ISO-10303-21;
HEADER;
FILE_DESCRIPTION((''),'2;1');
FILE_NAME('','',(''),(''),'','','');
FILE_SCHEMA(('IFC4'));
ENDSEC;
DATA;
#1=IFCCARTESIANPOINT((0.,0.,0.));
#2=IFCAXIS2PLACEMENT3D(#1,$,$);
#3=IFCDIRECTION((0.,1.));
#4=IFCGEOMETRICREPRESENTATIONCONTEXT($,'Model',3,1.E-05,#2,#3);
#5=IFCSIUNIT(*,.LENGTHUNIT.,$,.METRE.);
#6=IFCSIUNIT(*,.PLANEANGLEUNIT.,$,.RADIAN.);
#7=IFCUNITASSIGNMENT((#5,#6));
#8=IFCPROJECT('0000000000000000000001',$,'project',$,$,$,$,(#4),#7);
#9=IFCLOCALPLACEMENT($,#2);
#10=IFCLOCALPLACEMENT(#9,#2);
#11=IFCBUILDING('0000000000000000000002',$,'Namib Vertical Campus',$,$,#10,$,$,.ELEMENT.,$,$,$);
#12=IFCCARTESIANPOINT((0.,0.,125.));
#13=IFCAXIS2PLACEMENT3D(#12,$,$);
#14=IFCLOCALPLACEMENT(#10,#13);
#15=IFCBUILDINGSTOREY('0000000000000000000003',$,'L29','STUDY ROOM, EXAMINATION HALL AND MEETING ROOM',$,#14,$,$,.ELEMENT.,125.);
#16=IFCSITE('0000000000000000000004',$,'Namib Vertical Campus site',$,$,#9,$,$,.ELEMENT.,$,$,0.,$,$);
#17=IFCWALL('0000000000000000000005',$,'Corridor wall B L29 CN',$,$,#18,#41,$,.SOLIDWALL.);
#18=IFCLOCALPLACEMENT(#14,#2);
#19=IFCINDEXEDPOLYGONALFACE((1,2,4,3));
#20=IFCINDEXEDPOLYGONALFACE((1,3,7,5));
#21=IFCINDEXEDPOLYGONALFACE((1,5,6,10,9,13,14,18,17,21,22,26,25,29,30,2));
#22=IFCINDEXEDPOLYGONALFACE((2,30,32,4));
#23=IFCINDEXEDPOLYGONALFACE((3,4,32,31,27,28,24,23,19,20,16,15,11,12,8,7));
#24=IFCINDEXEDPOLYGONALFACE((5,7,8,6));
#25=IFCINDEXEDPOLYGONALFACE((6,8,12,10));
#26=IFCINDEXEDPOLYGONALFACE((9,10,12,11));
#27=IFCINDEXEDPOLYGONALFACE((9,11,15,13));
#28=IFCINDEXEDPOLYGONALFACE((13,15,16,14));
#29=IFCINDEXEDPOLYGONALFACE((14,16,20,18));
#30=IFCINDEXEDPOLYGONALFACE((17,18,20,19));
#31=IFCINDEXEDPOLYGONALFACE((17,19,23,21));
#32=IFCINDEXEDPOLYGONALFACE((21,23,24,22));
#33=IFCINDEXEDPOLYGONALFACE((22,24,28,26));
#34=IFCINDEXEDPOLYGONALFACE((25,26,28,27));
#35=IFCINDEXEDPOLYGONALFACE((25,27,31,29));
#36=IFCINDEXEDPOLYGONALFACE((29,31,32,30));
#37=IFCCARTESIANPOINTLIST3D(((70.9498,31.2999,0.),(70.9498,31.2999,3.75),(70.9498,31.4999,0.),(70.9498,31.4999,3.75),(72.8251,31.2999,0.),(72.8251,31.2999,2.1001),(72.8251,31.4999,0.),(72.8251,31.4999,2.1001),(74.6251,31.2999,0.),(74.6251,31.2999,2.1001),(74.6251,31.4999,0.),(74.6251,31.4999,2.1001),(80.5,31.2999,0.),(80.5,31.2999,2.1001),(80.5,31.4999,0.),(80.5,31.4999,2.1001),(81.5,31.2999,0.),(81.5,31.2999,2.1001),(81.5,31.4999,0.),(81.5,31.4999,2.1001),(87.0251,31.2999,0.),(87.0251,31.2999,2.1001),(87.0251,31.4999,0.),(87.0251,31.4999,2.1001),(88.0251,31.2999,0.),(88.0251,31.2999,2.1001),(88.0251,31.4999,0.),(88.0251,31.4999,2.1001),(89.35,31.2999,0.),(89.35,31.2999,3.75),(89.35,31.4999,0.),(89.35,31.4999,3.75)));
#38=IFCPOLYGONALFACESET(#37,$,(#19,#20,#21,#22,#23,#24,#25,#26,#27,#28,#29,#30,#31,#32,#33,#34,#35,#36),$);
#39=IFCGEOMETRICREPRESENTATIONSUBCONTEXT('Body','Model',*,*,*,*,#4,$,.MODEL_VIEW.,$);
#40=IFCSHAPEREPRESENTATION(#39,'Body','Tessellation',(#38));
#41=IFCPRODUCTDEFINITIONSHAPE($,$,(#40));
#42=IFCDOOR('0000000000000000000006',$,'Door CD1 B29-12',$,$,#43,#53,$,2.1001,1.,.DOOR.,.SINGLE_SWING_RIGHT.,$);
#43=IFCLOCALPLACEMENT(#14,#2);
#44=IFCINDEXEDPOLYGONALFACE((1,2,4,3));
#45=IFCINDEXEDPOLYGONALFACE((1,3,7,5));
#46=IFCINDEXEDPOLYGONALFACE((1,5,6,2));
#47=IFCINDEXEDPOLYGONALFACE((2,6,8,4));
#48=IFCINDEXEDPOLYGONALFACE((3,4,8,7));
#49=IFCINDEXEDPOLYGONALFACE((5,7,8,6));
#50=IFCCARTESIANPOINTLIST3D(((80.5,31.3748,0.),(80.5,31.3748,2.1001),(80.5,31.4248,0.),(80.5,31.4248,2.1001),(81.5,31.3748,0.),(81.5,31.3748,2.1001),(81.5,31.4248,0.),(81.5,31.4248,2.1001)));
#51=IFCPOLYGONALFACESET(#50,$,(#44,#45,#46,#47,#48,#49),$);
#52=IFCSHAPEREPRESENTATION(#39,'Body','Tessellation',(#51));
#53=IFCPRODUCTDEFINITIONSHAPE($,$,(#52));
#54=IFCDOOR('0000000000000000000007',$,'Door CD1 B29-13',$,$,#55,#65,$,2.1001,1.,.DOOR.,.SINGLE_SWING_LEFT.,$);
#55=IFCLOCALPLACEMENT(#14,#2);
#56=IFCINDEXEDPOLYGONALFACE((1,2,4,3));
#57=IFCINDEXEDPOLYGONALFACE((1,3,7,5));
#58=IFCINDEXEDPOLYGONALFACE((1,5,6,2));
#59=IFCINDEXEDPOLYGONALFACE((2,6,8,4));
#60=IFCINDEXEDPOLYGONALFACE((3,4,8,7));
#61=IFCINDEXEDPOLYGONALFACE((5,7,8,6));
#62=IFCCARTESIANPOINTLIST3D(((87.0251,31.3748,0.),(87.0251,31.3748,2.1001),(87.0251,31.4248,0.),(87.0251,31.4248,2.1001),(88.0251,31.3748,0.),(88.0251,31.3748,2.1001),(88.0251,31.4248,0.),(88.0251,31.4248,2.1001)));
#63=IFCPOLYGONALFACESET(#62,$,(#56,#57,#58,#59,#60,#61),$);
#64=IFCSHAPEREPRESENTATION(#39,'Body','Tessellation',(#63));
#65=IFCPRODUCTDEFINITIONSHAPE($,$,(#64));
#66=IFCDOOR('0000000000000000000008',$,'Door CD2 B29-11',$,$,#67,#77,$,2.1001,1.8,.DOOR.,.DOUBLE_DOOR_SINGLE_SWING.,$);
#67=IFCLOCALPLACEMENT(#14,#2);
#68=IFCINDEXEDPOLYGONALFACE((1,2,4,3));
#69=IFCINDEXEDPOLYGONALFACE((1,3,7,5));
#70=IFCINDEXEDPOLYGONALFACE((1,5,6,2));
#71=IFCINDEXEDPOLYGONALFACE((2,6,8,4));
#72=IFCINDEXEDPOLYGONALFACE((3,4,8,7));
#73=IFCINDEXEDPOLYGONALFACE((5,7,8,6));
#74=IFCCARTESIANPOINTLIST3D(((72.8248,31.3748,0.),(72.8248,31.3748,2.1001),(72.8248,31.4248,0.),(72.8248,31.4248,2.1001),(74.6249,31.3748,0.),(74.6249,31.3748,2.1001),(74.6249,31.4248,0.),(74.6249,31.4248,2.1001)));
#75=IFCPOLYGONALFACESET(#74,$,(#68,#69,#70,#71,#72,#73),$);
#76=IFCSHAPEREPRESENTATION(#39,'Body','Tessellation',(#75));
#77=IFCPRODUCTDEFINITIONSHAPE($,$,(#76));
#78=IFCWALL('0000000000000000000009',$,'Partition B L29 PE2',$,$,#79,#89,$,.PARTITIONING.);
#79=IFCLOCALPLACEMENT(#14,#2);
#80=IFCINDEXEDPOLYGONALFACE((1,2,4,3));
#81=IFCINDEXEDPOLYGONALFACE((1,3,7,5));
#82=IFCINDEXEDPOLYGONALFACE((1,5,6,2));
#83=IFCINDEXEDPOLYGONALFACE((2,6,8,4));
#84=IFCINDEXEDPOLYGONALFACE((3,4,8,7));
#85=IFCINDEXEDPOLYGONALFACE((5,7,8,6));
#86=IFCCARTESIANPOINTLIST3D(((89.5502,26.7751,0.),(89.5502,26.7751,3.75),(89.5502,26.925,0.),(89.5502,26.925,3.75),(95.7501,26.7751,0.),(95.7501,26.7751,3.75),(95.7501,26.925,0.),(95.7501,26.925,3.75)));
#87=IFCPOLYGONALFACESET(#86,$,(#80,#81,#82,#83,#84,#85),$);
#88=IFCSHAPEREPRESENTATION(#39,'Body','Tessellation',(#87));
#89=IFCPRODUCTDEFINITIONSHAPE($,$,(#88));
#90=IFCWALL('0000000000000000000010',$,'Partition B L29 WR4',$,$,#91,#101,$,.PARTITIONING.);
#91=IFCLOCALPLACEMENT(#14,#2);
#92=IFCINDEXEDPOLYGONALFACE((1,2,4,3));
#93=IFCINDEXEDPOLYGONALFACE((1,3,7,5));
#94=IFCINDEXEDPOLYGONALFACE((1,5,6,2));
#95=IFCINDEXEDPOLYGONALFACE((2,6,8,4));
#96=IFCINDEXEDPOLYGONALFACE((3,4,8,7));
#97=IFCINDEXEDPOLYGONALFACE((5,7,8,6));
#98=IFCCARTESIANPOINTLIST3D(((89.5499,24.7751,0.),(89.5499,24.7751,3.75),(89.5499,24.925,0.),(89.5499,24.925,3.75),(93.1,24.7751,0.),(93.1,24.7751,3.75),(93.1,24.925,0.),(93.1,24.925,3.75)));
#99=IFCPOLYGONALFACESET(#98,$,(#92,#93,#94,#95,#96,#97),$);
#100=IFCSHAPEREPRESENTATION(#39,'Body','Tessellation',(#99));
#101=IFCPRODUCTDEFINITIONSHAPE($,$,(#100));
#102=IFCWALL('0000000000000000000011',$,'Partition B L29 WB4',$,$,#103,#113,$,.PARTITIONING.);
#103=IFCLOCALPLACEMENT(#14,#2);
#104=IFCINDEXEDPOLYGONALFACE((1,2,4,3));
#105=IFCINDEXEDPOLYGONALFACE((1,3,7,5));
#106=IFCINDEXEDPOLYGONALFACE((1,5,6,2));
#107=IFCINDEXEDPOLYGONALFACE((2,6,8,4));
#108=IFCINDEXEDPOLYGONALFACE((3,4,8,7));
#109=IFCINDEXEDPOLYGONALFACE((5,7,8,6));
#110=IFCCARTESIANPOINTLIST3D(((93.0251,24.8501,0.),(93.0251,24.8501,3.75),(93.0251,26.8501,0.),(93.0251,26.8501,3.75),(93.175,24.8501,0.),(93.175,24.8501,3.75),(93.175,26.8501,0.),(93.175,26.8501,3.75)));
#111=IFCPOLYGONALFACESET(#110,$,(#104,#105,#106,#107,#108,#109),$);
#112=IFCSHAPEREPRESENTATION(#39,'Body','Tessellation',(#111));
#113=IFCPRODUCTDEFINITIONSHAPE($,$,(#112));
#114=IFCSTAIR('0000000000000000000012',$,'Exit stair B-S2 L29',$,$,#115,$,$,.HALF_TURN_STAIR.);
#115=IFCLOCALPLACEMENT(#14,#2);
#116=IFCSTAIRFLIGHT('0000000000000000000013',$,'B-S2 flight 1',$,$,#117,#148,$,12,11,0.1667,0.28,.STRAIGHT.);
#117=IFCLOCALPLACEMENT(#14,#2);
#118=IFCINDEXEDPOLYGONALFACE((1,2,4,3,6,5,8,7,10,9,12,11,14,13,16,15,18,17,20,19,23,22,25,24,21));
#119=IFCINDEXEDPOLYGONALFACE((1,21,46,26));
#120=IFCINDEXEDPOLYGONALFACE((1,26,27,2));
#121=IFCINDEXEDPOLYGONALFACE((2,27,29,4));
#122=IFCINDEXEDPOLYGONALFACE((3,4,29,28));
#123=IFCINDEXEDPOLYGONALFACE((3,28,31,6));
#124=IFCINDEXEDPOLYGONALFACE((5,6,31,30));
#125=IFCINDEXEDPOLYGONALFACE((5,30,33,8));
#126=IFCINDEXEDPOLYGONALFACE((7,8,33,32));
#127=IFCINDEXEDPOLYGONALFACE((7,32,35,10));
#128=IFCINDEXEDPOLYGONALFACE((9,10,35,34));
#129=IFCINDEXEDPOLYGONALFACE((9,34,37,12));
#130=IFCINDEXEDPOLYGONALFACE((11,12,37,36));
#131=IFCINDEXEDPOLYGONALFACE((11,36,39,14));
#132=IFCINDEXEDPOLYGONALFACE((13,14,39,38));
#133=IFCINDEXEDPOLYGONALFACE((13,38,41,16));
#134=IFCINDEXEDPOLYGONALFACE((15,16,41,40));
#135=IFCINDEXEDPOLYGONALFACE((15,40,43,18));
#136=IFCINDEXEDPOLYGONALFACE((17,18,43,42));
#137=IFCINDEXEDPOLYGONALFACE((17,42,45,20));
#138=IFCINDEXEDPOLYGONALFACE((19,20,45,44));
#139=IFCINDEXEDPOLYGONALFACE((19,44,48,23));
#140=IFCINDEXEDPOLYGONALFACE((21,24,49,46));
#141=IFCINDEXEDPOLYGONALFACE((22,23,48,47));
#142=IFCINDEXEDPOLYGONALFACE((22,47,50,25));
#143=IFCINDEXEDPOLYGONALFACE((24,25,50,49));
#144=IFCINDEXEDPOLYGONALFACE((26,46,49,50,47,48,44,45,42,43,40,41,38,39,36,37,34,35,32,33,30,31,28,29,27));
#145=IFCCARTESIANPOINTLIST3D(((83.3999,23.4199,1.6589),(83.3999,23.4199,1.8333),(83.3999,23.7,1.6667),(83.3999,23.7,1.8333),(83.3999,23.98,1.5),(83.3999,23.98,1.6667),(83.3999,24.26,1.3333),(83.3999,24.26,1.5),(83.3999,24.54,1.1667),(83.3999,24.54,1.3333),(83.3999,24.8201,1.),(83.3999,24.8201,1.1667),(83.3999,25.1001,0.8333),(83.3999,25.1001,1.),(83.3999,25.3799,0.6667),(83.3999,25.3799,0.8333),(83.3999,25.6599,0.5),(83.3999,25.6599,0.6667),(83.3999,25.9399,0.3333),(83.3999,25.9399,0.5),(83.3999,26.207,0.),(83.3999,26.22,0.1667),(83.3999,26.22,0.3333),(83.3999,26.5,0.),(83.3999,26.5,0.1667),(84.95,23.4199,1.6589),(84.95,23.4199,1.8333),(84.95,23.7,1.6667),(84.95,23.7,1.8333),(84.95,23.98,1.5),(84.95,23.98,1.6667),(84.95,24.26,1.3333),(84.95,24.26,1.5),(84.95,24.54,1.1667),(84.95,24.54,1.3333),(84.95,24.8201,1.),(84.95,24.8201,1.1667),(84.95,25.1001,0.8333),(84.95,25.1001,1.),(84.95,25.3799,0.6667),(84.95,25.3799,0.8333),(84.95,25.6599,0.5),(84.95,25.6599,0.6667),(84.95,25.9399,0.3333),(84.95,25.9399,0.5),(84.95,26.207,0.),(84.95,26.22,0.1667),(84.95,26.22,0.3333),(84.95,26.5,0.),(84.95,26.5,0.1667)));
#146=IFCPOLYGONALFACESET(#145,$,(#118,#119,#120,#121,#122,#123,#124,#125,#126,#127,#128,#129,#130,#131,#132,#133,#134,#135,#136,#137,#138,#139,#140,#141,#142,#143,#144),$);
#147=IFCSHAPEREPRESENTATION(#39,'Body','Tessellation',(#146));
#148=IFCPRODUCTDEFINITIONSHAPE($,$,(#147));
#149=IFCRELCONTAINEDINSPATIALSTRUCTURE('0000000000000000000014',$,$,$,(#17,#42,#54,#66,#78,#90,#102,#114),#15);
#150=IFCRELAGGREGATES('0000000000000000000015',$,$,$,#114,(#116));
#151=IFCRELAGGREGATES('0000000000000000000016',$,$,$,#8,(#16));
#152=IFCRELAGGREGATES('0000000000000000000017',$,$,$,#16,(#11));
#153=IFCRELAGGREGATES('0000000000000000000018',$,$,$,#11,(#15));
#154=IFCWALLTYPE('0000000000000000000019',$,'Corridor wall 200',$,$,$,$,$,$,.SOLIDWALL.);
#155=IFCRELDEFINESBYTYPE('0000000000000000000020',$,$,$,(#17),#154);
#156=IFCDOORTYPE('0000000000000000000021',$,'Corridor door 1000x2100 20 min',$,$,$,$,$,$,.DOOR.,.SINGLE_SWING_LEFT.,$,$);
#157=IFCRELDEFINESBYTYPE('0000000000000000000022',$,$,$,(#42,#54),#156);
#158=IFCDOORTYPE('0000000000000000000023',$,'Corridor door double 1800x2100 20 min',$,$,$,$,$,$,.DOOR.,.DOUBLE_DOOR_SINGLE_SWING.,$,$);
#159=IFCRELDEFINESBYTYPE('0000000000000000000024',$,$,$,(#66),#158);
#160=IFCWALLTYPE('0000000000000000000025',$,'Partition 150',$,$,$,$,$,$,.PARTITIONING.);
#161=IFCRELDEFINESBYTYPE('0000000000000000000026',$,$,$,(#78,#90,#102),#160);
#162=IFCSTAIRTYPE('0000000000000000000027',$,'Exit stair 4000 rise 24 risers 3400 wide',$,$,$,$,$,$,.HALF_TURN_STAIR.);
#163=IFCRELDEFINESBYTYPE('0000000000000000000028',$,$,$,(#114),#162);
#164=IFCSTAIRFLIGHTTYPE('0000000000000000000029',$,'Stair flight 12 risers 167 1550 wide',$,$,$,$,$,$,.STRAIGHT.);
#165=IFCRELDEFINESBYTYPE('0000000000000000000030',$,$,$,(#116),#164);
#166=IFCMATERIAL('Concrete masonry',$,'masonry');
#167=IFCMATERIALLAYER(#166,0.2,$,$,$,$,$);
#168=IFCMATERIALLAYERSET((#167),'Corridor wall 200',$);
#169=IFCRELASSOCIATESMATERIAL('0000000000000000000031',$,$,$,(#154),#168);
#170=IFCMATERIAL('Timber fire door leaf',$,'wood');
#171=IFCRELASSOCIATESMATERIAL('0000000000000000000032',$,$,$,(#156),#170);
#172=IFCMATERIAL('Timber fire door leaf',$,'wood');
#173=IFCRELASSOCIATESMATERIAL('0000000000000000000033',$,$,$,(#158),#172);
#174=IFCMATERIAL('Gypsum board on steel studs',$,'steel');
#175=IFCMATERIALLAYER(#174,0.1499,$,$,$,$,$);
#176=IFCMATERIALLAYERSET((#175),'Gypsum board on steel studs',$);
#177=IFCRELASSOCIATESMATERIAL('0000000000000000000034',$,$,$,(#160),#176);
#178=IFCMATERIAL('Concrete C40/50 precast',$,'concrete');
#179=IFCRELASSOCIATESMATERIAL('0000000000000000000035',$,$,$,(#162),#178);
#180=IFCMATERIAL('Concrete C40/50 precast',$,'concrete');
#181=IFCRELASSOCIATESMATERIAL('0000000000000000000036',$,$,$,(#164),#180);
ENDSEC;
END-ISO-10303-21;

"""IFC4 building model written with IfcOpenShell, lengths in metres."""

from ifc_helpers import new_model, si_unit, direction, frame, frame_2d, origin, place, context, subcontext, project, spatial, polyline, rectangle, outline, extrude, material, layer, layer_set, type_object, element, fill, aggregate, save


model = new_model("IFC4")

# Units and contexts
model_context = context("Model", 3, precision=1e-05, world=origin(), true_north=direction((0.0, 1.0)))
body_context = subcontext(model_context, "Body", "Model", "MODEL_VIEW")
ifc_project = project(units=[si_unit("LENGTHUNIT", "METRE"), si_unit("PLANEANGLEUNIT", "RADIAN")], contexts=[model_context])

# Site, building, storey
site_placement = place(None, origin())
site = spatial("IfcSite", under=ifc_project, at=site_placement, Name="Namib Vertical Campus site", CompositionType="ELEMENT", RefElevation=0.0)
building_placement = place(site_placement, origin())
building = spatial("IfcBuilding", under=site, at=building_placement, Name="Namib Vertical Campus", CompositionType="ELEMENT")
storey_placement = place(building_placement, frame((0.0, 0.0, 125.0)))
storey = spatial("IfcBuildingStorey", under=building, at=storey_placement, Name="L29", Description="STUDY ROOM, EXAMINATION HALL AND MEETING ROOM", CompositionType="ELEMENT", Elevation=125.0)

# Wall, openings, doors
ifc_material_1 = material(Name="Concrete masonry", Category="masonry")
ifc_layer_1 = layer(ifc_material_1, 0.2)
ifc_layer_set_1 = layer_set([ifc_layer_1], Name="Corridor wall 200")
wall_type_1 = type_object("IfcWallType", Name="Corridor wall 200", PredefinedType="SOLIDWALL", material=ifc_layer_set_1)
wall_1_placement = place(storey_placement, frame((89.3501, 31.3999, 0.0), z_axis=(0.0, 0.0, 1.0), x_axis=(-1.0, 0.0, 0.0)))
wall_1 = element("IfcWall", 1, at=wall_1_placement, inside=storey, type_object=wall_type_1, Name="Corridor wall B L29 CN", PredefinedType="SOLIDWALL", context=body_context, shape_type="SweptSolid", body=[
    extrude(rectangle(XDim=18.4001, YDim=0.2, at=frame_2d((9.2002, 0.0))), origin(), (0.0, 0.0, 1.0), 3.75),
])
opening_1_placement = place(wall_1_placement, frame((14.7251, 0.0, 0.0)))
opening_1 = element("IfcOpeningElement", 2, at=opening_1_placement, cuts=wall_1, PredefinedType="OPENING", context=body_context, shape_type="SweptSolid", body=[
    extrude(rectangle(XDim=1.8, YDim=2.1001, at=frame_2d((0.8999, 1.05))), frame((0.0, 0.1099, 0.0), z_axis=(0.0, -1.0, 0.0), x_axis=(1.0, 0.0, 0.0)), (0.0, 0.0, 1.0), 0.22),
])
opening_2_placement = place(wall_1_placement, frame((7.8501, 0.0, 0.0)))
opening_2 = element("IfcOpeningElement", 3, at=opening_2_placement, cuts=wall_1, PredefinedType="OPENING", context=body_context, shape_type="SweptSolid", body=[
    extrude(rectangle(XDim=1.0, YDim=2.1001, at=frame_2d((0.5, 1.05))), frame((0.0, 0.1099, 0.0), z_axis=(0.0, -1.0, 0.0), x_axis=(1.0, 0.0, 0.0)), (0.0, 0.0, 1.0), 0.22),
])
opening_3_placement = place(wall_1_placement, frame((1.325, 0.0, 0.0)))
opening_3 = element("IfcOpeningElement", 4, at=opening_3_placement, cuts=wall_1, PredefinedType="OPENING", context=body_context, shape_type="SweptSolid", body=[
    extrude(rectangle(XDim=1.0, YDim=2.1001, at=frame_2d((0.5, 1.05))), frame((0.0, 0.1099, 0.0), z_axis=(0.0, -1.0, 0.0), x_axis=(1.0, 0.0, 0.0)), (0.0, 0.0, 1.0), 0.22),
])
ifc_material_2 = material(Name="Timber fire door leaf", Category="wood")
door_type_1 = type_object("IfcDoorType", Name="Corridor door 1000x2100 20 min", OperationType="SINGLE_SWING_LEFT", PredefinedType="DOOR", material=ifc_material_2)
door_1_placement = place(opening_2_placement, frame((1.0, 0.0, 0.0), z_axis=(0.0, 0.0, 1.0), x_axis=(-1.0, 0.0, 0.0)))
door_1 = element("IfcDoor", 5, at=door_1_placement, inside=storey, type_object=door_type_1, Name="Door CD1 B29-12", OperationType="SINGLE_SWING_RIGHT", OverallHeight=2.1001, OverallWidth=1.0, PredefinedType="DOOR", context=body_context, shape_type="SweptSolid", body=[
    extrude(rectangle(XDim=1.0, YDim=2.1001, at=frame_2d((0.5, 1.05))), frame((0.0, 0.0249, 0.0), z_axis=(0.0, -1.0, 0.0), x_axis=(1.0, 0.0, 0.0)), (0.0, 0.0, 1.0), 0.05),
])
fill(opening_2, door_1)
door_2_placement = place(opening_3_placement, frame((1.0, 0.0, 0.0), z_axis=(0.0, 0.0, 1.0), x_axis=(-1.0, 0.0, 0.0)))
door_2 = element("IfcDoor", 6, at=door_2_placement, inside=storey, type_object=door_type_1, Name="Door CD1 B29-13", OperationType="SINGLE_SWING_LEFT", OverallHeight=2.1001, OverallWidth=1.0, PredefinedType="DOOR", context=body_context, shape_type="SweptSolid", body=[
    extrude(rectangle(XDim=1.0, YDim=2.1001, at=frame_2d((0.5, 1.05))), frame((0.0, 0.0249, 0.0), z_axis=(0.0, -1.0, 0.0), x_axis=(1.0, 0.0, 0.0)), (0.0, 0.0, 1.0), 0.05),
])
fill(opening_3, door_2)
ifc_material_3 = material(Name="Timber fire door leaf", Category="wood")
door_type_2 = type_object("IfcDoorType", Name="Corridor door double 1800x2100 20 min", OperationType="DOUBLE_DOOR_SINGLE_SWING", PredefinedType="DOOR", material=ifc_material_3)
door_3_placement = place(opening_1_placement, frame((1.8, 0.0, 0.0), z_axis=(0.0, 0.0, 1.0), x_axis=(-1.0, 0.0, 0.0)))
door_3 = element("IfcDoor", 7, at=door_3_placement, inside=storey, type_object=door_type_2, Name="Door CD2 B29-11", OperationType="DOUBLE_DOOR_SINGLE_SWING", OverallHeight=2.1001, OverallWidth=1.8, PredefinedType="DOOR", context=body_context, shape_type="SweptSolid", body=[
    extrude(rectangle(XDim=1.8, YDim=2.1001, at=frame_2d((0.8999, 1.05))), frame((0.0, 0.0249, 0.0), z_axis=(0.0, -1.0, 0.0), x_axis=(1.0, 0.0, 0.0)), (0.0, 0.0, 1.0), 0.05),
])
fill(opening_1, door_3)

# Walls
ifc_material_4 = material(Name="Gypsum board on steel studs", Category="steel")
ifc_layer_2 = layer(ifc_material_4, 0.1499)
ifc_layer_set_2 = layer_set([ifc_layer_2], Name="Gypsum board on steel studs")
wall_type_2 = type_object("IfcWallType", Name="Partition 150", PredefinedType="PARTITIONING", material=ifc_layer_set_2)
wall_2_placement = place(storey_placement, frame((89.55, 26.8501, 0.0), z_axis=(0.0, 0.0, 1.0), x_axis=(1.0, 0.0, 0.0)))
element("IfcWall", 8, at=wall_2_placement, inside=storey, type_object=wall_type_2, Name="Partition B L29 PE2", PredefinedType="PARTITIONING", context=body_context, shape_type="SweptSolid", body=[
    extrude(rectangle(XDim=6.2, YDim=0.1499, at=frame_2d((3.1001, 0.0))), origin(), (0.0, 0.0, 1.0), 3.75),
])
wall_3_placement = place(storey_placement, frame((89.55, 24.8501, 0.0), z_axis=(0.0, 0.0, 1.0), x_axis=(1.0, 0.0, 0.0)))
element("IfcWall", 9, at=wall_3_placement, inside=storey, type_object=wall_type_2, Name="Partition B L29 WR4", PredefinedType="PARTITIONING", context=body_context, shape_type="SweptSolid", body=[
    extrude(rectangle(XDim=3.55, YDim=0.1499, at=frame_2d((1.7749, 0.0))), origin(), (0.0, 0.0, 1.0), 3.75),
])
wall_4_placement = place(storey_placement, frame((93.1001, 24.8501, 0.0), z_axis=(0.0, 0.0, 1.0), x_axis=(0.0, 1.0, 0.0)))
element("IfcWall", 10, at=wall_4_placement, inside=storey, type_object=wall_type_2, Name="Partition B L29 WB4", PredefinedType="PARTITIONING", context=body_context, shape_type="SweptSolid", body=[
    extrude(rectangle(XDim=2.0, YDim=0.1499, at=frame_2d((1.0, 0.0))), origin(), (0.0, 0.0, 1.0), 3.75),
])

# Stair, stair flight
ifc_material_5 = material(Name="Concrete C40/50 precast", Category="concrete")
stair_type = type_object("IfcStairType", Name="Exit stair 4000 rise 24 risers 3400 wide", PredefinedType="HALF_TURN_STAIR", material=ifc_material_5)
stair_placement = place(storey_placement, origin())
stair = element("IfcStair", 11, at=stair_placement, inside=storey, type_object=stair_type, Name="Exit stair B-S2 L29", PredefinedType="HALF_TURN_STAIR")
ifc_material_6 = material(Name="Concrete C40/50 precast", Category="concrete")
stair_flight_type = type_object("IfcStairFlightType", Name="Stair flight 12 risers 167 1550 wide", PredefinedType="STRAIGHT", material=ifc_material_6)
stair_flight_placement = place(storey_placement, frame((84.175, 26.5, 0.0), z_axis=(0.0, 0.0, 1.0), x_axis=(0.0, -1.0, 0.0)))
stair_flight = element("IfcStairFlight", 12, at=stair_flight_placement, type_object=stair_flight_type, Name="B-S2 flight 1", NumberOfRisers=12, NumberOfTreads=11, PredefinedType="STRAIGHT", RiserHeight=0.1667, TreadLength=0.28, context=body_context, shape_type="SweptSolid", body=[
    extrude(outline(polyline([(0.0, 0.0), (0.0, 0.1667), (0.28, 0.1667), (0.28, 0.3333), (0.5601, 0.3333), (0.5601, 0.5), (0.8401, 0.5), (0.8401, 0.6667), (1.1201, 0.6667), (1.1201, 0.8333), (1.3999, 0.8333), (1.3999, 1.0), (1.6799, 1.0), (1.6799, 1.1667), (1.96, 1.1667), (1.96, 1.3333), (2.24, 1.3333), (2.24, 1.5), (2.52, 1.5), (2.52, 1.6667), (2.8, 1.6667), (2.8, 1.8333), (3.0801, 1.8333), (3.0801, 2.0), (3.0801, 1.6589), (0.293, 0.0), (0.0, 0.0)])), frame((0.0, 0.7749, 0.0), z_axis=(0.0, -1.0, 0.0), x_axis=(1.0, 0.0, 0.0)), (0.0, 0.0, 1.0), 1.55),
])
aggregate(stair, [stair_flight])

save(model, "model.ifc")
